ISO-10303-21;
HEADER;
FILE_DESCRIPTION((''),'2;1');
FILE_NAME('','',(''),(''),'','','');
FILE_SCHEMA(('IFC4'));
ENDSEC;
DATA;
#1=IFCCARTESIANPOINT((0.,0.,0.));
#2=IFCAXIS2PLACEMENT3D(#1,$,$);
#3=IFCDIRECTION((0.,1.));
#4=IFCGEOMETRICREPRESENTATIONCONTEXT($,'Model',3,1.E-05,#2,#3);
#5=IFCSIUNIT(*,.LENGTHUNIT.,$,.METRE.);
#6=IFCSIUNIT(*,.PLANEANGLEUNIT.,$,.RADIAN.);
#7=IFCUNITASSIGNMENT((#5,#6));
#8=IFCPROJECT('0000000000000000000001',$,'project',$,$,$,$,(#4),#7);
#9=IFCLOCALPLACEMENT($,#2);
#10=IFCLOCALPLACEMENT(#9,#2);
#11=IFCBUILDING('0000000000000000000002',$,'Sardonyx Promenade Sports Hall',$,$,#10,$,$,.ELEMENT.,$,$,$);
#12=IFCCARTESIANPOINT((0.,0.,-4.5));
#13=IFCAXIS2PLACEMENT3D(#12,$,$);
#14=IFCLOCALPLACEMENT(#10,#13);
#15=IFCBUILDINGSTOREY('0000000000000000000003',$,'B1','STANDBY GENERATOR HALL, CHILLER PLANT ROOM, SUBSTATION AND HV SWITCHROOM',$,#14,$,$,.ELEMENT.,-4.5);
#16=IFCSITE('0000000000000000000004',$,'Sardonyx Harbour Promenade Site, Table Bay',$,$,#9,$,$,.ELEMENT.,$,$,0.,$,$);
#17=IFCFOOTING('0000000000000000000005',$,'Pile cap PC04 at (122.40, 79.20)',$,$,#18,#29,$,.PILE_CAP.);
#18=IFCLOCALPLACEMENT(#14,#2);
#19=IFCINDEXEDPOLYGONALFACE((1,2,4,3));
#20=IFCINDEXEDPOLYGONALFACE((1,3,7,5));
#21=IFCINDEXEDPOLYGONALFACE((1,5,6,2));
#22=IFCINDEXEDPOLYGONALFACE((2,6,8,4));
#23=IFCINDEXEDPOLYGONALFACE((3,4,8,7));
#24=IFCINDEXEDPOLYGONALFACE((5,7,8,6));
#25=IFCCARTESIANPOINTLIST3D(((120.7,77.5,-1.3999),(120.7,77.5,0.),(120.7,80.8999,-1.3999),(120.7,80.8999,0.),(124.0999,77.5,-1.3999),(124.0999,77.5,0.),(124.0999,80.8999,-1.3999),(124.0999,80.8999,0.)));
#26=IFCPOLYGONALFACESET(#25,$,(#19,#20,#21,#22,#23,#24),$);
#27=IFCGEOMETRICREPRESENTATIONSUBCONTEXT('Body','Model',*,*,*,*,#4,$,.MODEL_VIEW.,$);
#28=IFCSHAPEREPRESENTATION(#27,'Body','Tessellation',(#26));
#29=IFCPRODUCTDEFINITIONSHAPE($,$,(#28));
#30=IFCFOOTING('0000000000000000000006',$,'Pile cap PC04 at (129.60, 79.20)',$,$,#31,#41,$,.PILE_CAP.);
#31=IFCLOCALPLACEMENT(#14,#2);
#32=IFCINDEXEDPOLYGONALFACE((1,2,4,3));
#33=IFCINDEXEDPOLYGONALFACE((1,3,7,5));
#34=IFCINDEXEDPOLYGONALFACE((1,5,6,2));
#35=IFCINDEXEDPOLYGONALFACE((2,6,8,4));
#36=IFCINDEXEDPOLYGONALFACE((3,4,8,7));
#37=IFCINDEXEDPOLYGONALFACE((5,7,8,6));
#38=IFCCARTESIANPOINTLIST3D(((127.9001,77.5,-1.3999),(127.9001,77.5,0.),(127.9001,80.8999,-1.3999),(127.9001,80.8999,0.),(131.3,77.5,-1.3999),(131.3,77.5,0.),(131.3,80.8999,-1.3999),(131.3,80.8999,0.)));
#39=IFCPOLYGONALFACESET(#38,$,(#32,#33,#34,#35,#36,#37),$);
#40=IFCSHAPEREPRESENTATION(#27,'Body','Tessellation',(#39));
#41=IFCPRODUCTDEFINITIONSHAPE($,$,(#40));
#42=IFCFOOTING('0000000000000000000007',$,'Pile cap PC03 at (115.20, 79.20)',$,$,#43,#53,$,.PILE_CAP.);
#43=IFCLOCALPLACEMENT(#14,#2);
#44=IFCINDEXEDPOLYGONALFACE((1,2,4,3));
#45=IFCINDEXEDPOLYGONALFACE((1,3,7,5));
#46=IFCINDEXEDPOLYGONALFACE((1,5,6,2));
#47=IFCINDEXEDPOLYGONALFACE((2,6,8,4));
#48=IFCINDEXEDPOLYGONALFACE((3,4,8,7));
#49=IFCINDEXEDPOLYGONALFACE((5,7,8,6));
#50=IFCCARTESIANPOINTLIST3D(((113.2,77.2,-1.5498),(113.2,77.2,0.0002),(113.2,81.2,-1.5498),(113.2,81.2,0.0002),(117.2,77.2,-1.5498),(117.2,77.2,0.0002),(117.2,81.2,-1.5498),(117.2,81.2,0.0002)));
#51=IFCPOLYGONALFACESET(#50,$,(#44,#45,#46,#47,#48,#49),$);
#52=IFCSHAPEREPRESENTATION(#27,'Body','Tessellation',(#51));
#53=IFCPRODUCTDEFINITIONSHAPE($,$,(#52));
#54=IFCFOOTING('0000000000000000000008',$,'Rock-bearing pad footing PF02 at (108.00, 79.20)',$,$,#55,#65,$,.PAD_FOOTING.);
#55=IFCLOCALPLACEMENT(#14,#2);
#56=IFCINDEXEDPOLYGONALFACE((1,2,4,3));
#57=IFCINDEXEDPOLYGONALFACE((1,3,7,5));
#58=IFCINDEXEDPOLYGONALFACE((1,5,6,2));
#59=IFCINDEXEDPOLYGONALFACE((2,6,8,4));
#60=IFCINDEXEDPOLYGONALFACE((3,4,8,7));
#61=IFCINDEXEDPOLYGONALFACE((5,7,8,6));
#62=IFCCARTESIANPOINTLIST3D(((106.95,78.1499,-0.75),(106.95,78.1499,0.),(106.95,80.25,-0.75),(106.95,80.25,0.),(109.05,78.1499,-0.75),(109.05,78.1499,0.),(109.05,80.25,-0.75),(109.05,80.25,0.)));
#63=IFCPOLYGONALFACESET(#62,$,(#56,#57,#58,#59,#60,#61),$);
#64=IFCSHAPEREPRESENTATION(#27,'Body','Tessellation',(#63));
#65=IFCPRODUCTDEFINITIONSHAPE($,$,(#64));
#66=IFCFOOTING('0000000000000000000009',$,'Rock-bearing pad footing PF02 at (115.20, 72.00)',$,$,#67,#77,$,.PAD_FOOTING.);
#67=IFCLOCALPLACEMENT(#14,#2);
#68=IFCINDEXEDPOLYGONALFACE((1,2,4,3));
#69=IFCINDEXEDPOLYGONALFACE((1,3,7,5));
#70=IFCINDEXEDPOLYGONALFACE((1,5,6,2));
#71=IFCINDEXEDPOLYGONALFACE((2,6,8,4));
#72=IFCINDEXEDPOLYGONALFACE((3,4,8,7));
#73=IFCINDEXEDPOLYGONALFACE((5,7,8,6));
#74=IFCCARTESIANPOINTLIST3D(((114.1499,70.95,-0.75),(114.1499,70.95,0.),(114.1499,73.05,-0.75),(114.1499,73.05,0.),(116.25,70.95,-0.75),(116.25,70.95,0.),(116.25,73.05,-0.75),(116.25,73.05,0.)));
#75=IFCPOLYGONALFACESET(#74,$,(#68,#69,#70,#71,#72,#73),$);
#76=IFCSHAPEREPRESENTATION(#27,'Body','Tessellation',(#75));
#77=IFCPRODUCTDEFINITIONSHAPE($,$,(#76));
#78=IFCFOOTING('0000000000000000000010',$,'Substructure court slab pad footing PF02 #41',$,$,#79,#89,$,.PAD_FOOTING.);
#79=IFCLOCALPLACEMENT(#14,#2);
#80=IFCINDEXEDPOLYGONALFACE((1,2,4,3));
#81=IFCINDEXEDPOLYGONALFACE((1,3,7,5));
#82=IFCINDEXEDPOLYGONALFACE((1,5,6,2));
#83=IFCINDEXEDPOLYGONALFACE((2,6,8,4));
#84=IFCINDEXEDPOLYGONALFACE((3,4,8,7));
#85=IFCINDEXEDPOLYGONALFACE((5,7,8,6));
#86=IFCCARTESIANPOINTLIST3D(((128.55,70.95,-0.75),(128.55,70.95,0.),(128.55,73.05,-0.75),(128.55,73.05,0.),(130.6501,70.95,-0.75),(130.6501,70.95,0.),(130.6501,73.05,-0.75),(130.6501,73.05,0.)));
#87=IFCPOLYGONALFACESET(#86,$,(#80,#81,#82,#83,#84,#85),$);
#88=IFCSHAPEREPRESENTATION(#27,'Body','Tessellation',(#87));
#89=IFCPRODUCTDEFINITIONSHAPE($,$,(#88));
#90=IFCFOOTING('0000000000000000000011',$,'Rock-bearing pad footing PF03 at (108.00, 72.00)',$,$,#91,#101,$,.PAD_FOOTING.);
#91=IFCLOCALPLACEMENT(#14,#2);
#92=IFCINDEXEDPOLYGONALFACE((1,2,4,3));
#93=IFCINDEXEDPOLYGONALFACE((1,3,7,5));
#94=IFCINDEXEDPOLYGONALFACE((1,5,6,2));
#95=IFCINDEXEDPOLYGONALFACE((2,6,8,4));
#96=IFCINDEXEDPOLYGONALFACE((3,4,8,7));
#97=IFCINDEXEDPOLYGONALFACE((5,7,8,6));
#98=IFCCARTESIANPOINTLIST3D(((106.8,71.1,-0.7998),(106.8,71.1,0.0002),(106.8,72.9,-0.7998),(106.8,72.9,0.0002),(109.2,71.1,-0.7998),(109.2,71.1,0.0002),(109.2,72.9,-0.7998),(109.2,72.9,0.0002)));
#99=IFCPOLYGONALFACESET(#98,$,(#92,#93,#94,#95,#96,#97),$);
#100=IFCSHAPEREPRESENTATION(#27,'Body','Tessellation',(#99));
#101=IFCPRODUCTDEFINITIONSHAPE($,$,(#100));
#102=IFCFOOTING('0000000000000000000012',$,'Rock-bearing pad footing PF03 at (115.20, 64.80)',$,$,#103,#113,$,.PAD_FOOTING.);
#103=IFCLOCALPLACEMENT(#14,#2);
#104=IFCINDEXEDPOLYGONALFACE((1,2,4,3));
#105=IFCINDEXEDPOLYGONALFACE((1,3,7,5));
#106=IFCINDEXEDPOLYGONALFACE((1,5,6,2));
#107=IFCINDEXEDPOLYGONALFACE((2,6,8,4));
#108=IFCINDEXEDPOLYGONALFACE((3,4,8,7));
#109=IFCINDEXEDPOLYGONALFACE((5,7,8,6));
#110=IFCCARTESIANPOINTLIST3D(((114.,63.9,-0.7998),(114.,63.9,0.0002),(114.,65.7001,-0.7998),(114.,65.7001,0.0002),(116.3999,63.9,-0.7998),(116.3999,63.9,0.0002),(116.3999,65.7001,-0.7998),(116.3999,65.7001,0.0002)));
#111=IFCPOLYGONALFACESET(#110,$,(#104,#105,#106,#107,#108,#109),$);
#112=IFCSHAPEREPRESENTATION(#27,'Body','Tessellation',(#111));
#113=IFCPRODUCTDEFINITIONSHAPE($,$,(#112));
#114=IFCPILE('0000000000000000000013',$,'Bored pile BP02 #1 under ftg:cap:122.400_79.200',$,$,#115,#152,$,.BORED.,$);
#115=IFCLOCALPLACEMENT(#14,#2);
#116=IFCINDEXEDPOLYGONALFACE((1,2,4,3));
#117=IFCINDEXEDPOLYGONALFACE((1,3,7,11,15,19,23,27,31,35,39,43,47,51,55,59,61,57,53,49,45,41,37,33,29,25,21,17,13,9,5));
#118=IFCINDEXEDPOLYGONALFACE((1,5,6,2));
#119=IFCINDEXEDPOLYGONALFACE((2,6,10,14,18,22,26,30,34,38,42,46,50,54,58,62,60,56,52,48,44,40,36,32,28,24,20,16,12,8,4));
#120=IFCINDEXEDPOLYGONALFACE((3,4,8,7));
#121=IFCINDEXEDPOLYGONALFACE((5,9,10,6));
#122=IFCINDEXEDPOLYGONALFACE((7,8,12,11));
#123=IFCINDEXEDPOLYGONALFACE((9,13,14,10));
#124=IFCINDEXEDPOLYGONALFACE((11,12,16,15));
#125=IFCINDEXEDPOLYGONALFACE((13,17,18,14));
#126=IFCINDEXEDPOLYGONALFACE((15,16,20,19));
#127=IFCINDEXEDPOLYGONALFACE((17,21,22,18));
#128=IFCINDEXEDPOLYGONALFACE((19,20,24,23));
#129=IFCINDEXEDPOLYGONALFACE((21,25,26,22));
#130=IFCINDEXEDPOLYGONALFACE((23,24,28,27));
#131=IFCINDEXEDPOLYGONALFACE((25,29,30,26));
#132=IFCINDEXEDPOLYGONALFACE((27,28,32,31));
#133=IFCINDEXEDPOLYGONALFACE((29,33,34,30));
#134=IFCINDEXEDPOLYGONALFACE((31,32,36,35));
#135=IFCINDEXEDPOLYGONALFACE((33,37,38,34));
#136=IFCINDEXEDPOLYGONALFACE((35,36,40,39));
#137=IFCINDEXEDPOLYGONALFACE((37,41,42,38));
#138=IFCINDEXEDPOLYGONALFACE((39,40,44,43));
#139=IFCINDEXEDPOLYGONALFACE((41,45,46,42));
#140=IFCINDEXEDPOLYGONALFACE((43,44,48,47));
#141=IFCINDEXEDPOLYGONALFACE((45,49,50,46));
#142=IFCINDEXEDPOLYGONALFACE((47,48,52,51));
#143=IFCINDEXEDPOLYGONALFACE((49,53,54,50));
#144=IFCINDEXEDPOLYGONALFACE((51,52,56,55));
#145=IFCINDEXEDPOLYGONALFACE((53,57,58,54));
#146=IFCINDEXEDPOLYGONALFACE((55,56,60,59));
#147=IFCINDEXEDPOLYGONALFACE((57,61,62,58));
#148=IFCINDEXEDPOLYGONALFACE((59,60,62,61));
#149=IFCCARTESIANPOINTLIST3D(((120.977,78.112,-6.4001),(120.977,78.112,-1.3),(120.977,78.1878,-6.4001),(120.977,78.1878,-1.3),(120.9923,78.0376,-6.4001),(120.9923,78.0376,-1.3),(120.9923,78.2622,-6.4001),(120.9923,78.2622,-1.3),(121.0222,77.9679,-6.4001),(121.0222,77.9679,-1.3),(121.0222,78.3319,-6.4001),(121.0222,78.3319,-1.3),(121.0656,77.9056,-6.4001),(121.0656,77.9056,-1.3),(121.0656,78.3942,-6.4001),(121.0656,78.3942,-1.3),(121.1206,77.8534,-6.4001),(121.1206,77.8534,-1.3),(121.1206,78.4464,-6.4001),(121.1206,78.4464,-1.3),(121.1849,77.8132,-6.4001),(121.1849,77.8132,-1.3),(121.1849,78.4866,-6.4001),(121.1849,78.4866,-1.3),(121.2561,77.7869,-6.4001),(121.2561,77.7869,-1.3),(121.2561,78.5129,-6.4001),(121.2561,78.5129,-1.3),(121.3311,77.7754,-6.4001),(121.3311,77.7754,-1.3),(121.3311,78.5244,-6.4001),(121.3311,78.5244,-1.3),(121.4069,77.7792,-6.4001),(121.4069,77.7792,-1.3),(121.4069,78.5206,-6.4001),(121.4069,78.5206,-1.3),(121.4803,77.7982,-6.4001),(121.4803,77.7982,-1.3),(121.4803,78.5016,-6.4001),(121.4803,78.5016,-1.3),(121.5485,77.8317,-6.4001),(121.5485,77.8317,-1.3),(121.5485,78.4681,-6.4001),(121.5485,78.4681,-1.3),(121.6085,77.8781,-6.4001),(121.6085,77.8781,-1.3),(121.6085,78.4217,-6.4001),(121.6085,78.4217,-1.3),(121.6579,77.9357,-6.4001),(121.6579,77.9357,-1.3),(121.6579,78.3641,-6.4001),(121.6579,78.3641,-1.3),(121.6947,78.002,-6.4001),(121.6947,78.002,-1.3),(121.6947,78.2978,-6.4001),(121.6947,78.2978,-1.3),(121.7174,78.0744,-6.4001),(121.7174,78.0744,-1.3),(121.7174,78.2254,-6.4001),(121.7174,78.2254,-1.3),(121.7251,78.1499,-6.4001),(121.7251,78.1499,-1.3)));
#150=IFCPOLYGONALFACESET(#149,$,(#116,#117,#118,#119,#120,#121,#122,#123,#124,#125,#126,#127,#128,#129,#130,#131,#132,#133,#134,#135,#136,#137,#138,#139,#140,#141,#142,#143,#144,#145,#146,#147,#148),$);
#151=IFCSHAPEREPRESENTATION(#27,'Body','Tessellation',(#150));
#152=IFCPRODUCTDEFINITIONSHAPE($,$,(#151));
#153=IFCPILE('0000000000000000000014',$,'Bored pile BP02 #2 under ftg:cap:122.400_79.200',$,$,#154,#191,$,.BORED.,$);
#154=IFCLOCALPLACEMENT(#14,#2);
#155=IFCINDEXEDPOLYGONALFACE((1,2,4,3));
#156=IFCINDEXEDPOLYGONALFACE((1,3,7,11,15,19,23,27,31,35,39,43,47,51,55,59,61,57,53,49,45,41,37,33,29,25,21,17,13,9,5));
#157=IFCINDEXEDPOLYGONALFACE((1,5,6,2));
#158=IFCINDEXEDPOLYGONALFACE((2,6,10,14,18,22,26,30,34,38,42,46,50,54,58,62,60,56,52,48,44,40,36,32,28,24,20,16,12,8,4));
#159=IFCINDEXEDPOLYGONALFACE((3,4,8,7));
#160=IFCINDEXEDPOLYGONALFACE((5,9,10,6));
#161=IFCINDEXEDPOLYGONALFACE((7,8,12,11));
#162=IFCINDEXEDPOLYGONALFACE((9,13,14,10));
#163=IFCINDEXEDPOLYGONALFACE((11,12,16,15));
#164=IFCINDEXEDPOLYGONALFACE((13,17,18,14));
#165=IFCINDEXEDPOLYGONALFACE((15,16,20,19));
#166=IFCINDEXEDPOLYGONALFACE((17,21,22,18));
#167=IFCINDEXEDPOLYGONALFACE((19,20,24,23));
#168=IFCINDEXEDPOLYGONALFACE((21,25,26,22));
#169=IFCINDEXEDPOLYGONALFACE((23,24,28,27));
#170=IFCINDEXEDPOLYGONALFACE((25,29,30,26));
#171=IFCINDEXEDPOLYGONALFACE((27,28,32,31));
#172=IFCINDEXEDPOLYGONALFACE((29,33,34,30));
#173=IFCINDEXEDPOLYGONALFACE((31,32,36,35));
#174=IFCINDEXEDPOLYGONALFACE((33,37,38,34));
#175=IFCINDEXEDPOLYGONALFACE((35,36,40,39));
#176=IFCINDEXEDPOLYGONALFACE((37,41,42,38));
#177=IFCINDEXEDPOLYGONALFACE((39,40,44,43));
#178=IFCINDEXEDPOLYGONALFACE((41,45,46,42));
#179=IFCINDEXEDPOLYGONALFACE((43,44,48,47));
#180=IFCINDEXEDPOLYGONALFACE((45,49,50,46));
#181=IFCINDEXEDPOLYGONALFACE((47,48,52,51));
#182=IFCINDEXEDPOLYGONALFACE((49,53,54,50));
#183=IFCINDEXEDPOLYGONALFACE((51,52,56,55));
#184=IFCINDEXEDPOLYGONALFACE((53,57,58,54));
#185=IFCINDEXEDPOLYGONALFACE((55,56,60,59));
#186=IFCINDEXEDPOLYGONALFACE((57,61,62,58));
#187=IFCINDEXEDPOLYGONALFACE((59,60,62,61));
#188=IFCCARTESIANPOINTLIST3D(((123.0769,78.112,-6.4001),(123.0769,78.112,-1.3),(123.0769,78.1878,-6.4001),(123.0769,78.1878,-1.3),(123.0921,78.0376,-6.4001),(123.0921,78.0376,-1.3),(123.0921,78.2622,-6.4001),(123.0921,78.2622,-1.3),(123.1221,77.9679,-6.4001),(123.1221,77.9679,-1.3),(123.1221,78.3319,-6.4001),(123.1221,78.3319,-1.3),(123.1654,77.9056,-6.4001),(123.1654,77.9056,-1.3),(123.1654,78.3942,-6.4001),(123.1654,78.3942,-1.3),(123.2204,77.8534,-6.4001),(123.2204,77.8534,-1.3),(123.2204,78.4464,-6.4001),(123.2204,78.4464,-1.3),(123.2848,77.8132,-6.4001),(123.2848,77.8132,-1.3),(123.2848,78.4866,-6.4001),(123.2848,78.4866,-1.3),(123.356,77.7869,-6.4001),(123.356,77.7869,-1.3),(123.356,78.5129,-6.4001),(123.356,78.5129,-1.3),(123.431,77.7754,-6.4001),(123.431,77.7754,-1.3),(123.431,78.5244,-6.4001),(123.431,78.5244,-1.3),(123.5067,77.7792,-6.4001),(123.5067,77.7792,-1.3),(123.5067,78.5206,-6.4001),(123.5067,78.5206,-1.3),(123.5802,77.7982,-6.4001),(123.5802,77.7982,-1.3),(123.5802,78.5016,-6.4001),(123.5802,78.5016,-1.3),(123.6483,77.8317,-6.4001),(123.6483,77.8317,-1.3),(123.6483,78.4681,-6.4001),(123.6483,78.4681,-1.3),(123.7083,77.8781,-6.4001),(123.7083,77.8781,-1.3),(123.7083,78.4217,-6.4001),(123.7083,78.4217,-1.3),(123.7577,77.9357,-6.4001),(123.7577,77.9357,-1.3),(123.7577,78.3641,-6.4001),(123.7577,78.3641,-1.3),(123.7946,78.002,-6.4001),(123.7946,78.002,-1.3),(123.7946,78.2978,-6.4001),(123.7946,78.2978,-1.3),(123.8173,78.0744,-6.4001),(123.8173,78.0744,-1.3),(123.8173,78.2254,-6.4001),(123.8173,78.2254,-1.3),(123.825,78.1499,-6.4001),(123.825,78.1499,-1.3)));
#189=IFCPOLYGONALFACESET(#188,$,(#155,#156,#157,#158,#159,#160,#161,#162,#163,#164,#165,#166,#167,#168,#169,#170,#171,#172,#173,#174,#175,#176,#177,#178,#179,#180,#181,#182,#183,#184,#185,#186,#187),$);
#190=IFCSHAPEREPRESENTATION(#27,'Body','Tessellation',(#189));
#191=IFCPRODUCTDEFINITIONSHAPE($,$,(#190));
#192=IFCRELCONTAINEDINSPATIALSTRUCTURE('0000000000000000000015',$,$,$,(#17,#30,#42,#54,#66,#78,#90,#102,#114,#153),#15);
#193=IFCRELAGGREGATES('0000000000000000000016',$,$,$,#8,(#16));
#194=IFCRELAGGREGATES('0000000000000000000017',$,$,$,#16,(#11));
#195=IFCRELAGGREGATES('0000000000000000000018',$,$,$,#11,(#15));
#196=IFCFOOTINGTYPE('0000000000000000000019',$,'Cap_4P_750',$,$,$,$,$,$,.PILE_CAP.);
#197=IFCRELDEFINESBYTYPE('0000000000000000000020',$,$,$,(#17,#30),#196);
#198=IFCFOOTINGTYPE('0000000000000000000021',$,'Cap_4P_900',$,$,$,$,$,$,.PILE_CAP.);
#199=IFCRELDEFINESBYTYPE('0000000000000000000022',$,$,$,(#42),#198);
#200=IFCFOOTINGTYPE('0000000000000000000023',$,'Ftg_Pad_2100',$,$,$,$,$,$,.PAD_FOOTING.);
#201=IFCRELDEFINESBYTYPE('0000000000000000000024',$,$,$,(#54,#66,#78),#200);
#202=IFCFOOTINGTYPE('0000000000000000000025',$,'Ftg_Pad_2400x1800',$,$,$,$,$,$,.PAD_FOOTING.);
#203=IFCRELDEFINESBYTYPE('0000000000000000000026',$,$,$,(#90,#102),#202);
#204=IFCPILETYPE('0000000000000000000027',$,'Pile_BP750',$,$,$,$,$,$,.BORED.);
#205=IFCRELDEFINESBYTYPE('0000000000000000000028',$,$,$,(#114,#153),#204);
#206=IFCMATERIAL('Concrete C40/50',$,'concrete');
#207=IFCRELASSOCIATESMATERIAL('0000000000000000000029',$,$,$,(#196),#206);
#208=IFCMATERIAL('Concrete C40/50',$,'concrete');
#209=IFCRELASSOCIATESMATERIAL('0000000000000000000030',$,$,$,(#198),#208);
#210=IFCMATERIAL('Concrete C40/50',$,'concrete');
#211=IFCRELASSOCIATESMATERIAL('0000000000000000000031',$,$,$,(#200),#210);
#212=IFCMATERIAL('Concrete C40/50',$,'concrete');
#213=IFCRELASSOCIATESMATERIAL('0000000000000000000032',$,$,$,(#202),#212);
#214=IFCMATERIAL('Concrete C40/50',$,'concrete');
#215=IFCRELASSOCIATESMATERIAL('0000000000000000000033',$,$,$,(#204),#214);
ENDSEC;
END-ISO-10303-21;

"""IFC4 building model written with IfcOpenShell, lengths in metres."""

from ifc_helpers import new_model, si_unit, direction, frame, origin, origin_2d, place, context, subcontext, project, spatial, rectangle, circle, extrude, material, material_profile, profile_set, type_object, element, save


model = new_model("IFC4")

# Units and contexts
model_context = context("Model", 3, precision=1e-05, world=origin(), true_north=direction((0.0, 1.0)))
body_context = subcontext(model_context, "Body", "Model", "MODEL_VIEW")
ifc_project = project(units=[si_unit("LENGTHUNIT", "METRE"), si_unit("PLANEANGLEUNIT", "RADIAN")], contexts=[model_context])

# Site, building, storey
site_placement = place(None, origin())
site = spatial("IfcSite", under=ifc_project, at=site_placement, Name="Sardonyx Harbour Promenade Site, Table Bay", CompositionType="ELEMENT", RefElevation=0.0)
building_placement = place(site_placement, origin())
building = spatial("IfcBuilding", under=site, at=building_placement, Name="Sardonyx Promenade Sports Hall", CompositionType="ELEMENT")
storey_placement = place(building_placement, frame((0.0, 0.0, -4.5)))
storey = spatial("IfcBuildingStorey", under=building, at=storey_placement, Name="B1", Description="STANDBY GENERATOR HALL, CHILLER PLANT ROOM, SUBSTATION AND HV SWITCHROOM", CompositionType="ELEMENT", Elevation=-4.5)

# Footings
ifc_material_1 = material(Name="Concrete C40/50", Category="concrete")
footing_type_1 = type_object("IfcFootingType", Name="Cap_4P_750", PredefinedType="PILE_CAP", material=ifc_material_1)
for number, where, z_axis, x_axis, name in (
    (1, (122.3999, 79.2, -1.3999), (0.0, 0.0, 1.0), (1.0, 0.0, 0.0), "Pile cap PC04 at (122.40, 79.20)"),
    (2, (129.6001, 79.2, -1.3999), (0.0, 0.0, 1.0), (1.0, 0.0, 0.0), "Pile cap PC04 at (129.60, 79.20)"),
):
    element("IfcFooting", number, at=place(storey_placement, frame(where, z_axis=z_axis, x_axis=x_axis)), inside=storey, type_object=footing_type_1, Name=name, PredefinedType="PILE_CAP", context=body_context, shape_type="SweptSolid", body=[
        extrude(rectangle(XDim=3.3999, YDim=3.3999, at=origin_2d()), origin(), (0.0, 0.0, 1.0), 1.3999),
    ])
ifc_material_2 = material(Name="Concrete C40/50", Category="concrete")
footing_type_2 = type_object("IfcFootingType", Name="Cap_4P_900", PredefinedType="PILE_CAP", material=ifc_material_2)
footing_placement = place(storey_placement, frame((115.2, 79.2, -1.5498), z_axis=(0.0, 0.0, 1.0), x_axis=(1.0, 0.0, 0.0)))
element("IfcFooting", 3, at=footing_placement, inside=storey, type_object=footing_type_2, Name="Pile cap PC03 at (115.20, 79.20)", PredefinedType="PILE_CAP", context=body_context, shape_type="SweptSolid", body=[
    extrude(rectangle(XDim=4.0, YDim=4.0, at=origin_2d()), origin(), (0.0, 0.0, 1.0), 1.55),
])
ifc_material_3 = material(Name="Concrete C40/50", Category="concrete")
footing_type_3 = type_object("IfcFootingType", Name="Ftg_Pad_2100", PredefinedType="PAD_FOOTING", material=ifc_material_3)
for number, where, z_axis, x_axis, name in (
    (4, (108.0, 79.2, -0.75), (0.0, 0.0, 1.0), (1.0, 0.0, 0.0), "Rock-bearing pad footing PF02 at (108.00, 79.20)"),
    (5, (115.2, 72.0, -0.75), (0.0, 0.0, 1.0), (1.0, 0.0, 0.0), "Rock-bearing pad footing PF02 at (115.20, 72.00)"),
    (6, (129.6001, 72.0, -0.75), (0.0, 0.0, 1.0), (1.0, 0.0, 0.0), "Substructure court slab pad footing PF02 #41"),
):
    element("IfcFooting", number, at=place(storey_placement, frame(where, z_axis=z_axis, x_axis=x_axis)), inside=storey, type_object=footing_type_3, Name=name, PredefinedType="PAD_FOOTING", context=body_context, shape_type="SweptSolid", body=[
        extrude(rectangle(XDim=2.1001, YDim=2.1001, at=origin_2d()), origin(), (0.0, 0.0, 1.0), 0.75),
    ])
ifc_material_4 = material(Name="Concrete C40/50", Category="concrete")
footing_type_4 = type_object("IfcFootingType", Name="Ftg_Pad_2400x1800", PredefinedType="PAD_FOOTING", material=ifc_material_4)
for number, where, z_axis, x_axis, name in (
    (7, (108.0, 72.0, -0.7998), (0.0, 0.0, 1.0), (1.0, 0.0, 0.0), "Rock-bearing pad footing PF03 at (108.00, 72.00)"),
    (8, (115.2, 64.8, -0.7998), (0.0, 0.0, 1.0), (1.0, 0.0, 0.0), "Rock-bearing pad footing PF03 at (115.20, 64.80)"),
):
    element("IfcFooting", number, at=place(storey_placement, frame(where, z_axis=z_axis, x_axis=x_axis)), inside=storey, type_object=footing_type_4, Name=name, PredefinedType="PAD_FOOTING", context=body_context, shape_type="SweptSolid", body=[
        extrude(rectangle(XDim=2.3999, YDim=1.8, at=origin_2d()), origin(), (0.0, 0.0, 1.0), 0.8),
    ])

# Piles
ifc_material_5 = material(Name="Concrete C40/50", Category="concrete")
ifc_material_profile_1 = material_profile(ifc_material_5, circle(Radius=0.375, at=origin_2d()))
ifc_profile_set_1 = profile_set([ifc_material_profile_1], Name="Concrete C40/50")
pile_type_1 = type_object("IfcPileType", Name="Pile_BP750", PredefinedType="BORED", material=ifc_profile_set_1)
for number, where, z_axis, x_axis, name in (
    (9, (121.3501, 78.1499, -1.3), (0.0, 0.0, -1.0), (1.0, 0.0, 0.0), "Bored pile BP02 #1 under ftg:cap:122.400_79.200"),
    (10, (123.45, 78.1499, -1.3), (0.0, 0.0, -1.0), (1.0, 0.0, 0.0), "Bored pile BP02 #2 under ftg:cap:122.400_79.200"),
):
    element("IfcPile", number, at=place(storey_placement, frame(where, z_axis=z_axis, x_axis=x_axis)), inside=storey, type_object=pile_type_1, Name=name, PredefinedType="BORED", context=body_context, shape_type="SweptSolid", body=[
        extrude(circle(Radius=0.375, at=origin_2d()), origin(), (0.0, 0.0, 1.0), 5.1001),
    ])

save(model, "model.ifc")
